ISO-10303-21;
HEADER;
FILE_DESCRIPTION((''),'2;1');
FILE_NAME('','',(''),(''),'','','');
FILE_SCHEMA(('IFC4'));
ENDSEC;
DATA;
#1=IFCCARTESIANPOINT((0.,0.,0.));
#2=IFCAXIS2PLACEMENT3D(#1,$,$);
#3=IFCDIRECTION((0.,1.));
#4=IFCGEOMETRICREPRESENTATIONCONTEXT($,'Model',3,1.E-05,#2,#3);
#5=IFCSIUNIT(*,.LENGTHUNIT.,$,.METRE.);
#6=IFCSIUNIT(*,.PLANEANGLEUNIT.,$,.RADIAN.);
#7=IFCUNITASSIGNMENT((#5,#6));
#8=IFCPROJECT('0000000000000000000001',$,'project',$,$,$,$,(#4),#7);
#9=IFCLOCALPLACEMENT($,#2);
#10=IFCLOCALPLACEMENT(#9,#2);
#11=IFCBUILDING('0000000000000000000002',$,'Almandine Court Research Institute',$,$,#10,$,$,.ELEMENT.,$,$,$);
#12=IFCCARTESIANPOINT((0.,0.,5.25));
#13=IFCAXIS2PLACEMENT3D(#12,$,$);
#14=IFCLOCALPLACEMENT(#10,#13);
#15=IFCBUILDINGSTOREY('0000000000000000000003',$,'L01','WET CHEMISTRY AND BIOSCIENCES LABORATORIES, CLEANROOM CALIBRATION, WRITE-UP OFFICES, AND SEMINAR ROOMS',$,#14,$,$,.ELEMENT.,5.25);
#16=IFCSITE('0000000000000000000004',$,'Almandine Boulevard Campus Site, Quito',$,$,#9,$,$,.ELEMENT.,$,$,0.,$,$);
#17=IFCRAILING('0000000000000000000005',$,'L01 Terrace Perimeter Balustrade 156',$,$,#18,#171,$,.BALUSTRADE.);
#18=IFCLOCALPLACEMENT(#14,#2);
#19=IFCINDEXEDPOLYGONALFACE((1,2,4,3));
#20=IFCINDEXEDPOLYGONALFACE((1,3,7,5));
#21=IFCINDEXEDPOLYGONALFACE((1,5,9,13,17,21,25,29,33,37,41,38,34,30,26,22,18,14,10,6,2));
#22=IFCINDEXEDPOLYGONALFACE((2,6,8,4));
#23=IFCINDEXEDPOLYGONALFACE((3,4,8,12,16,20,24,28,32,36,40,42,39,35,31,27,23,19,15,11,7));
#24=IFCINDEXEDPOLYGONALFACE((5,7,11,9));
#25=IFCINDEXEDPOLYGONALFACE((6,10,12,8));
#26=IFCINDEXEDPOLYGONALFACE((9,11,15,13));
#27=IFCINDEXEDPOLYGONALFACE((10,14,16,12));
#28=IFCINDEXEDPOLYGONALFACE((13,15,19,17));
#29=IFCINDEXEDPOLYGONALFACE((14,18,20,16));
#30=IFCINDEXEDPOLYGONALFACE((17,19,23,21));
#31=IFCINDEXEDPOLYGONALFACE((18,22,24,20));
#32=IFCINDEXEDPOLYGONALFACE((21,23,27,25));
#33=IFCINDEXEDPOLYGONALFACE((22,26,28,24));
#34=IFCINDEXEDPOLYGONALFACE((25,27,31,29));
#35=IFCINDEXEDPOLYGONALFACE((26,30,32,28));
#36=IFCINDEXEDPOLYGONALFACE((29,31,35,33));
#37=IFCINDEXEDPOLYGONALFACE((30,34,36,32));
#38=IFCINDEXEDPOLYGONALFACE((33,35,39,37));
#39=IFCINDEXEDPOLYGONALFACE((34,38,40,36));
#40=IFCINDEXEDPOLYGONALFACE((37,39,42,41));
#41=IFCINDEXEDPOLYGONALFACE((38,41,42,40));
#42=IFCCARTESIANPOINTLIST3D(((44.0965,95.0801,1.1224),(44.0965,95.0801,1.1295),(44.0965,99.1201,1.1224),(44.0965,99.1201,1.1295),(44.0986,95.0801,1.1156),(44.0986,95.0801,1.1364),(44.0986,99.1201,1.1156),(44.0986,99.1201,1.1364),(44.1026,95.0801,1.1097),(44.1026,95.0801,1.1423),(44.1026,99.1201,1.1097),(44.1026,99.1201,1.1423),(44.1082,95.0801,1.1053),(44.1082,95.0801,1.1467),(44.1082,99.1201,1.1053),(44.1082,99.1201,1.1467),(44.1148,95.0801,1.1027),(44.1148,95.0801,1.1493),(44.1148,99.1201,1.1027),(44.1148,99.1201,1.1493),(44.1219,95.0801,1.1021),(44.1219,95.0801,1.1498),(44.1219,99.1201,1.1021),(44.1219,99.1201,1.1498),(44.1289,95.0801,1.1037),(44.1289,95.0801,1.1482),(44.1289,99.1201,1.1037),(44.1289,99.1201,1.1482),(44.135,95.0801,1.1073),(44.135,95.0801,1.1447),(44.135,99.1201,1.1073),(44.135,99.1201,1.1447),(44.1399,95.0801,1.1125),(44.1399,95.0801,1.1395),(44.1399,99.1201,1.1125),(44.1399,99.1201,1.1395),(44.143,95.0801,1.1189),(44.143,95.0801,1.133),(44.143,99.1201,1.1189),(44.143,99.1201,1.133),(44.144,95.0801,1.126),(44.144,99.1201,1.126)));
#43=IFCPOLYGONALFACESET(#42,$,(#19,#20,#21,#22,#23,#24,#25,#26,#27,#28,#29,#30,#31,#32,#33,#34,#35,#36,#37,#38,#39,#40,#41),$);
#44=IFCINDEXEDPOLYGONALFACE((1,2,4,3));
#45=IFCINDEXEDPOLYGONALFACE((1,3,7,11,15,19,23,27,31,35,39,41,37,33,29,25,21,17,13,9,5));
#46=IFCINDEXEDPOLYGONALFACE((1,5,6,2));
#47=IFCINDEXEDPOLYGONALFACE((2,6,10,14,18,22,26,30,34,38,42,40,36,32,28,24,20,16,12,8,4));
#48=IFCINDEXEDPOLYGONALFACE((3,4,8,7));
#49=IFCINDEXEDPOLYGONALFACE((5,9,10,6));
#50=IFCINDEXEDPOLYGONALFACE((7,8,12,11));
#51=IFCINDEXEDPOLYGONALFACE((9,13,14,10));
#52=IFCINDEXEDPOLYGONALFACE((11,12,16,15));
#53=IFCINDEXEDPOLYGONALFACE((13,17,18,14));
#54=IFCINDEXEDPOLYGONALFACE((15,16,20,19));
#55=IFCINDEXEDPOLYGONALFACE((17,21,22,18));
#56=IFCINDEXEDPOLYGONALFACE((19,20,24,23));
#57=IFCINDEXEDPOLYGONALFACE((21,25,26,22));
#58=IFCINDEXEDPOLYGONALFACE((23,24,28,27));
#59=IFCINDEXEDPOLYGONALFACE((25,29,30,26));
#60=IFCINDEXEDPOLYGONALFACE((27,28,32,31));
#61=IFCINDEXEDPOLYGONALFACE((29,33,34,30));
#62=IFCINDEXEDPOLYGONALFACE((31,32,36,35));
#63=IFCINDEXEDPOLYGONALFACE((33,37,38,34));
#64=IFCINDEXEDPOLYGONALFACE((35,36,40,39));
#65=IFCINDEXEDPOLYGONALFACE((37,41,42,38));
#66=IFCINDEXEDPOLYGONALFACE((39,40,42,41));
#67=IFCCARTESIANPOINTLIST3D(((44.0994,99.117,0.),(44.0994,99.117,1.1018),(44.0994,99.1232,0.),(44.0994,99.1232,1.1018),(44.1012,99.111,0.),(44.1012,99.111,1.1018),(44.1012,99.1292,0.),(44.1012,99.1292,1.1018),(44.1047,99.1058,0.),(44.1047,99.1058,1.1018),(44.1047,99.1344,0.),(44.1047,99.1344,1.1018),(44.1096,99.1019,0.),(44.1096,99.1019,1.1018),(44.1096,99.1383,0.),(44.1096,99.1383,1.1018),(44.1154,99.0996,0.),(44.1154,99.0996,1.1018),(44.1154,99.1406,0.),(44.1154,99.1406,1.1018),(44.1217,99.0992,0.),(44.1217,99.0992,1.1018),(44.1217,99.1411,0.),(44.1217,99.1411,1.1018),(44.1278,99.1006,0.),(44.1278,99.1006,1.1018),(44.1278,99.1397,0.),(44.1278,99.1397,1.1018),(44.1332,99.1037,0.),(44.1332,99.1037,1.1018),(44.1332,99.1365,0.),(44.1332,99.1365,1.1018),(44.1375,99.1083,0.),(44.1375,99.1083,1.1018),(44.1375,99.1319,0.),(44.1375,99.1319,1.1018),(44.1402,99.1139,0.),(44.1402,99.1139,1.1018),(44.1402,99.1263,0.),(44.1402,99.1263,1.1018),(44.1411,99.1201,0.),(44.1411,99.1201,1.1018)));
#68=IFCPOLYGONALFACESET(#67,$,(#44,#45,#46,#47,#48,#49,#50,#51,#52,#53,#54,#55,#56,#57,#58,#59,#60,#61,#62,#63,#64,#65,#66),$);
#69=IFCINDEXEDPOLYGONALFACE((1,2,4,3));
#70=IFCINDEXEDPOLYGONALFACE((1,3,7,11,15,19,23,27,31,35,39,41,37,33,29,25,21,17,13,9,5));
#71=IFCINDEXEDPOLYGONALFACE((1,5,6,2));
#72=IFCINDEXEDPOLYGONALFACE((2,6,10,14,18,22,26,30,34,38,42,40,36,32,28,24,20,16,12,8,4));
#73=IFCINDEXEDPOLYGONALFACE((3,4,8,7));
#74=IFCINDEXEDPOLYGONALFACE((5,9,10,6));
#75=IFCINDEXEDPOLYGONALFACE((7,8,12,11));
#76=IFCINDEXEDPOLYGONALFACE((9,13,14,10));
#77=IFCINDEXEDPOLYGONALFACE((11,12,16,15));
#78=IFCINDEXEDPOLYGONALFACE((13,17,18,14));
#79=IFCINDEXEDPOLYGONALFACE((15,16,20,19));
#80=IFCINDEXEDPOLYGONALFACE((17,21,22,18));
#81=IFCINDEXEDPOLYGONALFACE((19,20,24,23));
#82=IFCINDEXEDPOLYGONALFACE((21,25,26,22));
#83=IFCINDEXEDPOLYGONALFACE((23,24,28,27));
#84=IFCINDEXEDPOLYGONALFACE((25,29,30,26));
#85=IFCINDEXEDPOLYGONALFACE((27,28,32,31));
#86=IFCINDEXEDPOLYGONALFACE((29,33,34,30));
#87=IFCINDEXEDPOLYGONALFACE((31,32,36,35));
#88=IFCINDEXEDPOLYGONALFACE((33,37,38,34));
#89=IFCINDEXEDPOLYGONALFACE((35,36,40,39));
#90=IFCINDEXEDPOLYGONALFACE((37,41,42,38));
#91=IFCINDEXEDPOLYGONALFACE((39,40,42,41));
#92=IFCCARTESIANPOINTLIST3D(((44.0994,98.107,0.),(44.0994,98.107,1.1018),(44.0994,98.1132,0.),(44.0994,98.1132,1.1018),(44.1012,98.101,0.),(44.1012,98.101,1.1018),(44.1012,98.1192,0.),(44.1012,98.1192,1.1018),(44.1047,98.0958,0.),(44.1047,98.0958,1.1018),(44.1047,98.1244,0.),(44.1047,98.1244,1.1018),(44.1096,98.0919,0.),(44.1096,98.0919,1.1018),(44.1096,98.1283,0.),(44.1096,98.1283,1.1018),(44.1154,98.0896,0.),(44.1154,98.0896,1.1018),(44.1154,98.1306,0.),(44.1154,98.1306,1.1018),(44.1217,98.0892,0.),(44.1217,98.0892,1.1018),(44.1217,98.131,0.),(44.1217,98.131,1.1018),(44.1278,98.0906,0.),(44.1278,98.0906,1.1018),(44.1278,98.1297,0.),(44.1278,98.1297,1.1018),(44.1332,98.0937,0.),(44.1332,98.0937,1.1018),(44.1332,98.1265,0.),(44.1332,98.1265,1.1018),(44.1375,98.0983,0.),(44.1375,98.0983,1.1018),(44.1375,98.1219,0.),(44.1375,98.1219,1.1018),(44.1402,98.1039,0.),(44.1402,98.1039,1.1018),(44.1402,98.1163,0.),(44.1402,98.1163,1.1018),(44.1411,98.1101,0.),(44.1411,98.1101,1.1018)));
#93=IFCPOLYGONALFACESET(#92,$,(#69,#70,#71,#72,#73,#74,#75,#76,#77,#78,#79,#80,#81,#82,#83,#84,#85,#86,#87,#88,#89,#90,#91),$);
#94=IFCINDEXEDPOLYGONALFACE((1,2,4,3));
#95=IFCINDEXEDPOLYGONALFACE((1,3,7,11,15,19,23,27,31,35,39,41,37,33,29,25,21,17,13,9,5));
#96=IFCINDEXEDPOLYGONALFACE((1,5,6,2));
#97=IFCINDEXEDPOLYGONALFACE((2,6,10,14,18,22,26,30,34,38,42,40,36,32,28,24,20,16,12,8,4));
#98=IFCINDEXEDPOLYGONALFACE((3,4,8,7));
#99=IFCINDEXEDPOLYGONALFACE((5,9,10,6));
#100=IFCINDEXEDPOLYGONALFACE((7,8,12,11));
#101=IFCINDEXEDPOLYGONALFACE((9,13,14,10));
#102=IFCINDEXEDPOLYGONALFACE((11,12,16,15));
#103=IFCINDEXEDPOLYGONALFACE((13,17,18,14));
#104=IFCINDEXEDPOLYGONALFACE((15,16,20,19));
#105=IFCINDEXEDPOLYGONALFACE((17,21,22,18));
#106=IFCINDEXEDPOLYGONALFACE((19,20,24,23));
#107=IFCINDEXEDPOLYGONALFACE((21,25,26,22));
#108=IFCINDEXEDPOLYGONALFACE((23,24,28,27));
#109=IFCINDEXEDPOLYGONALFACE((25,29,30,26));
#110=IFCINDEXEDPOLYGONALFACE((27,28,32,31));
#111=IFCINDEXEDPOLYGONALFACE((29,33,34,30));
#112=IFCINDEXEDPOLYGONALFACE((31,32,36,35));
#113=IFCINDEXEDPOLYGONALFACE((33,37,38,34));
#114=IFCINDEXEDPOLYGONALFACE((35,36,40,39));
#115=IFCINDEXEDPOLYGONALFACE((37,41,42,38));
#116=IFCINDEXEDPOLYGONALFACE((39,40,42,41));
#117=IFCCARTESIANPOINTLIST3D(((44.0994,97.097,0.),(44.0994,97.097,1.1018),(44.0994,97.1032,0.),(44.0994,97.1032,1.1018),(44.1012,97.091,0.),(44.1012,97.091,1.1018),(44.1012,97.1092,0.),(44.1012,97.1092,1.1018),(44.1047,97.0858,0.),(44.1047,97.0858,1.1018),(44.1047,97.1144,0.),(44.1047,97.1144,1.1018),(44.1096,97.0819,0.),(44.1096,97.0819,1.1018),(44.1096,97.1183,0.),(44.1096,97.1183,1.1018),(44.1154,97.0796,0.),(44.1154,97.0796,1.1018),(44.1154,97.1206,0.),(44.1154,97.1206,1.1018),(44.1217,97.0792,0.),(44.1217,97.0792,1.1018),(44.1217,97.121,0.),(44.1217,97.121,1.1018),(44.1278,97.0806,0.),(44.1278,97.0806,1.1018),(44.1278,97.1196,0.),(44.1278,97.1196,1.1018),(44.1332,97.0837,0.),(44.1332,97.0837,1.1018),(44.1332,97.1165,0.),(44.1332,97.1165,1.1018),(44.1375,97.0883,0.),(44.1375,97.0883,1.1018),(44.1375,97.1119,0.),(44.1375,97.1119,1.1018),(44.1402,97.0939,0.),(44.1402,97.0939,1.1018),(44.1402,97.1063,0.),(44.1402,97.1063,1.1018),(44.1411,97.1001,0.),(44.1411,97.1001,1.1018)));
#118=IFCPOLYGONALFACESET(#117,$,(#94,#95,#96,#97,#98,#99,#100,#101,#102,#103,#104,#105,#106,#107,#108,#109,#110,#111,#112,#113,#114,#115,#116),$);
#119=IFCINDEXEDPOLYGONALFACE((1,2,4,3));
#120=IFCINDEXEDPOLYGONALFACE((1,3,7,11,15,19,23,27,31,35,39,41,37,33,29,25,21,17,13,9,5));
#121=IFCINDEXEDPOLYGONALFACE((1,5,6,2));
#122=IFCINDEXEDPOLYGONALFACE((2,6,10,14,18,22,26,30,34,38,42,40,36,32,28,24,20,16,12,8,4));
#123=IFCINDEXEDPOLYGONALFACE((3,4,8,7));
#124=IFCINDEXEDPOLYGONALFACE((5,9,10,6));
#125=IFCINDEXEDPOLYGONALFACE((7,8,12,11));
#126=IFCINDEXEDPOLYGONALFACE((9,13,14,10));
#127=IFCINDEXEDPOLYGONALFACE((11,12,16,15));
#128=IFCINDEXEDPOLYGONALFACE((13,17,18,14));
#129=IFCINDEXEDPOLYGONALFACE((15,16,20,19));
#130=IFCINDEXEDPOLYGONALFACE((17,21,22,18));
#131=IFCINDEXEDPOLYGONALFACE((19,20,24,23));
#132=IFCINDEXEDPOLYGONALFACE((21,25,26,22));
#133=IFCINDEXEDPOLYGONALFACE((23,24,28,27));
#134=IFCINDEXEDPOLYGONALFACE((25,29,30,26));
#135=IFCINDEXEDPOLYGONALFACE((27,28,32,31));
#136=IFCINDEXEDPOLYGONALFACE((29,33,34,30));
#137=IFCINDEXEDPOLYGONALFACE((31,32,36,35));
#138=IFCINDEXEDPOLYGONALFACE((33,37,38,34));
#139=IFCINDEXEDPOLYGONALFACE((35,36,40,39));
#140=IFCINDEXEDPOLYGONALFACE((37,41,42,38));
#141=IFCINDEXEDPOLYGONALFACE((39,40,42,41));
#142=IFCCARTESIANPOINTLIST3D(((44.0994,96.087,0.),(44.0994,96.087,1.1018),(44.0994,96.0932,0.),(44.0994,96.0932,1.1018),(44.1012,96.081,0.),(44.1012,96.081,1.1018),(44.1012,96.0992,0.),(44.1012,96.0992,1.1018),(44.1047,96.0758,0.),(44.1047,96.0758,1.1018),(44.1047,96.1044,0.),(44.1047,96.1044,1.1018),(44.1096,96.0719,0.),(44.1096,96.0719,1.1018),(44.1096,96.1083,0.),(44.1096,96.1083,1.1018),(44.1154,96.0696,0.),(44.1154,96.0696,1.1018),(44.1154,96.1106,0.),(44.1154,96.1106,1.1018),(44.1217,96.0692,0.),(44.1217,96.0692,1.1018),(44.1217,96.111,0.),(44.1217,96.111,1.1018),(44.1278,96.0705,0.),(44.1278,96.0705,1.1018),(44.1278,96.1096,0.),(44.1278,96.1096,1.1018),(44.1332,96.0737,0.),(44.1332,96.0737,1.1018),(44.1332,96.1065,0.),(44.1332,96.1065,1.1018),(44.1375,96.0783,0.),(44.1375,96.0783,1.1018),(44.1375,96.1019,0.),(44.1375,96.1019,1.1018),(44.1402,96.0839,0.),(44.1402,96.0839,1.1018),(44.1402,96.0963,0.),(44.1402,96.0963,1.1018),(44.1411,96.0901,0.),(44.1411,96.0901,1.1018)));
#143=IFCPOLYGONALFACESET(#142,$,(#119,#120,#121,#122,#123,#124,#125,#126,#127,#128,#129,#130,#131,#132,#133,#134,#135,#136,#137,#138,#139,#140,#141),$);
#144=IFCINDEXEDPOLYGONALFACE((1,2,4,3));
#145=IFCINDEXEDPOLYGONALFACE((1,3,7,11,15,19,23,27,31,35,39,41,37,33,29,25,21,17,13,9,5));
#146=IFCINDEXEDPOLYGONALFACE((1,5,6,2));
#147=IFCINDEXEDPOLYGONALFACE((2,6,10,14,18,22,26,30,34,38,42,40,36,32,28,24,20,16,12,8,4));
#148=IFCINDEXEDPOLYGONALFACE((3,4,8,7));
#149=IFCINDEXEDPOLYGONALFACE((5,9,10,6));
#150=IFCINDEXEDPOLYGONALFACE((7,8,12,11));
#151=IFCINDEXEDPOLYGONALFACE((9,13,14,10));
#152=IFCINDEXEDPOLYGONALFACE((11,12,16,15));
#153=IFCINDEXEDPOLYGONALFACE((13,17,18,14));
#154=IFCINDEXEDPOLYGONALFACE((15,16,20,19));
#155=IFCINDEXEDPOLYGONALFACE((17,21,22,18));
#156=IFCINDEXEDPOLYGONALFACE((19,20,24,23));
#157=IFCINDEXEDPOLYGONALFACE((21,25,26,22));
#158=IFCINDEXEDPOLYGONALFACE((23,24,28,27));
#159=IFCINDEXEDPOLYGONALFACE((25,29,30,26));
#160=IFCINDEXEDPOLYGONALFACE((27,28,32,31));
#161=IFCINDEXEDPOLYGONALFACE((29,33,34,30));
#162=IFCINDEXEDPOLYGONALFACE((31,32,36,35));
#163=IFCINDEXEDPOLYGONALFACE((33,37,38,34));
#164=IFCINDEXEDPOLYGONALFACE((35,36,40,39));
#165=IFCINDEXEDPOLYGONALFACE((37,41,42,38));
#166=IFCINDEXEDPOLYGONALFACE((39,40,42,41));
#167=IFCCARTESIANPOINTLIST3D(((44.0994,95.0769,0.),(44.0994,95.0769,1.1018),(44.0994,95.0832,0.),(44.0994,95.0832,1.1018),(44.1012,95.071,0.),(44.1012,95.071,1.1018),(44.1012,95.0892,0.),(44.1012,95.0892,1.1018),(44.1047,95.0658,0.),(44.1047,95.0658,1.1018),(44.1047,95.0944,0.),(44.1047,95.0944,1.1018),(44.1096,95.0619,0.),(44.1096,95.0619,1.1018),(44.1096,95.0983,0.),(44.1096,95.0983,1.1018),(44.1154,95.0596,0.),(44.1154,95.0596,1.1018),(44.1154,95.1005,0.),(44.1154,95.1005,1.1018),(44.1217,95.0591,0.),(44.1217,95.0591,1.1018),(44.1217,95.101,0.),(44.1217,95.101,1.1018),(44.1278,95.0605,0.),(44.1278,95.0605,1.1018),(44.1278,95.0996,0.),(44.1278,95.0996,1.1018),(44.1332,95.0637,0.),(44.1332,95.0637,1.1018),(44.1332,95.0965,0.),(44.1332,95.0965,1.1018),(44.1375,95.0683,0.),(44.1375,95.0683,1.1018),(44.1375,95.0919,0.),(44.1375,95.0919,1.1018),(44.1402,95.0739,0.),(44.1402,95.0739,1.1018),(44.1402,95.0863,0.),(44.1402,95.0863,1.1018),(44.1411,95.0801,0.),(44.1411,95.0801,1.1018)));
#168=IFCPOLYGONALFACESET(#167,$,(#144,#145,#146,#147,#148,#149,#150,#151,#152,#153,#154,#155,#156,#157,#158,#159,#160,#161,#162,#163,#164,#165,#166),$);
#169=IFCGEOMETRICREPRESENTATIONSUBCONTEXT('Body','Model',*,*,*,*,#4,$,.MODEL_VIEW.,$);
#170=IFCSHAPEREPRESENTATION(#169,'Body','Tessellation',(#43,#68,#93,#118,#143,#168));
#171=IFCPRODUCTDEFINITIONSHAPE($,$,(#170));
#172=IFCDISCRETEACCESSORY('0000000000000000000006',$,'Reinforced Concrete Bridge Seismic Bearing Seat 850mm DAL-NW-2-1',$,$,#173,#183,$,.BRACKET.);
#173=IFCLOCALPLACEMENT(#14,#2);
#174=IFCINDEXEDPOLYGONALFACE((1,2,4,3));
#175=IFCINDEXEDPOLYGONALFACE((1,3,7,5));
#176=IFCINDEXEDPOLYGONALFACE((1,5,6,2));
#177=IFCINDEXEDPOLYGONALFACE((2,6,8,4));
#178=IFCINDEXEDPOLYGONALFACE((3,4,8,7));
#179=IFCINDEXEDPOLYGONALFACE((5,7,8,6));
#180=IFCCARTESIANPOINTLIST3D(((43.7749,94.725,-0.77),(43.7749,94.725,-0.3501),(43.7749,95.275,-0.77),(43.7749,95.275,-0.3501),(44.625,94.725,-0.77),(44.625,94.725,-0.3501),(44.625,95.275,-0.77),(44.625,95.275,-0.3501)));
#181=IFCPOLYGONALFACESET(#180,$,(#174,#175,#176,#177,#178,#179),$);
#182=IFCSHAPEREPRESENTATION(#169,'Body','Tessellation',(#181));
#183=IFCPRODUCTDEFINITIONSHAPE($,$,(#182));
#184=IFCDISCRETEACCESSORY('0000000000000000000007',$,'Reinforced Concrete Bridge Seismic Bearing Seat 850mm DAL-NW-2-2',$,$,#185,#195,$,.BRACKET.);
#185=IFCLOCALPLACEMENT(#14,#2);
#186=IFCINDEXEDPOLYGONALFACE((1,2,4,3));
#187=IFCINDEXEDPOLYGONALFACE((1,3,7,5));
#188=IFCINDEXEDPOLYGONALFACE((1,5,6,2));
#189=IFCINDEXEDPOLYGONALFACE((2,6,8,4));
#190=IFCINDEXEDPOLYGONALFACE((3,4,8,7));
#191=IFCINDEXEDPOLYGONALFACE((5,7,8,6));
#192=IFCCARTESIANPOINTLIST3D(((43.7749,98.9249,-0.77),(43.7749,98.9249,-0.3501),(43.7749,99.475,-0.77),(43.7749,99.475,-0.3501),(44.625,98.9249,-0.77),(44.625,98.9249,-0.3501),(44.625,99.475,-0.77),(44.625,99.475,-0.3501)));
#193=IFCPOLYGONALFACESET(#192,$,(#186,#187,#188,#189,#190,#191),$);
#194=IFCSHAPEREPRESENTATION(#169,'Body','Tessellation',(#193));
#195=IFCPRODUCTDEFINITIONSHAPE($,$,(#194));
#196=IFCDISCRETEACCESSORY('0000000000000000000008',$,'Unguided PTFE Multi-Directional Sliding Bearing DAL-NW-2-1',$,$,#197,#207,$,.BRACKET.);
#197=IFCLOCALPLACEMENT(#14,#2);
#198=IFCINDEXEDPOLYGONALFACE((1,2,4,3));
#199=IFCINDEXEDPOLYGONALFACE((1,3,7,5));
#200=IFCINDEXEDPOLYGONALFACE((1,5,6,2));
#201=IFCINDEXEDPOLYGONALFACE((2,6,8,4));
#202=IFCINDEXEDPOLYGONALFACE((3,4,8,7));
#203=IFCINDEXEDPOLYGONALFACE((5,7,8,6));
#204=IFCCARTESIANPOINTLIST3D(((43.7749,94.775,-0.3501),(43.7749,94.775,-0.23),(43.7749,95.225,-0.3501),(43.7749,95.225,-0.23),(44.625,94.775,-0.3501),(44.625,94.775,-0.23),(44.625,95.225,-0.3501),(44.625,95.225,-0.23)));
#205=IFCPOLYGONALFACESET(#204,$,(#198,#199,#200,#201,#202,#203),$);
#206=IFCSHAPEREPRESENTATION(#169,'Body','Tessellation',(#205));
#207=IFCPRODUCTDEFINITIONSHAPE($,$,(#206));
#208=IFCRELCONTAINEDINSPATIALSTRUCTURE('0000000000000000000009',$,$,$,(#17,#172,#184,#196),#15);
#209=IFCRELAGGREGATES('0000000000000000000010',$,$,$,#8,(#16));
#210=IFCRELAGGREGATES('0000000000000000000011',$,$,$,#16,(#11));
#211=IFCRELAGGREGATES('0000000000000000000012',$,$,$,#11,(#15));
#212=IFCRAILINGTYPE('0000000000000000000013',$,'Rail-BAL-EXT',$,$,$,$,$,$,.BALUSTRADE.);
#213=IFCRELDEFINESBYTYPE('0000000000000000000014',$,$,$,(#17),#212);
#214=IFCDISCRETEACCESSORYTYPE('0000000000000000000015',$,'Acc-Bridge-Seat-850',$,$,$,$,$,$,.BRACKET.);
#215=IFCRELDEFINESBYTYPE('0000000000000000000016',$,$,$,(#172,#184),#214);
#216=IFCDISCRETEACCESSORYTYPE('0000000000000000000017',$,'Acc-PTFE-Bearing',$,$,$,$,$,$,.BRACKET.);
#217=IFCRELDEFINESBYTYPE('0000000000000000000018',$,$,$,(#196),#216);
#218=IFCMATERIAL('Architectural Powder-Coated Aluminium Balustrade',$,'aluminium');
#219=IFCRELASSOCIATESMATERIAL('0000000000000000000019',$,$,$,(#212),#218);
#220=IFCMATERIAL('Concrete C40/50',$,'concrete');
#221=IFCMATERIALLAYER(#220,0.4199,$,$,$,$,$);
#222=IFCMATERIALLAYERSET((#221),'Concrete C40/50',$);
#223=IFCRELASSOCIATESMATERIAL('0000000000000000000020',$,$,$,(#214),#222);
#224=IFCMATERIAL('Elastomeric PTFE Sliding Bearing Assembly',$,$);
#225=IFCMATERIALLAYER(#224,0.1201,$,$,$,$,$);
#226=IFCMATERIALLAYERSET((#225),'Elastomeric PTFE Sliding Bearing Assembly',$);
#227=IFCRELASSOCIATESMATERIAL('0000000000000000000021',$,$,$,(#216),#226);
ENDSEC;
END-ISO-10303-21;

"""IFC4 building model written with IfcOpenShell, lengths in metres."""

from ifc_helpers import new_model, si_unit, direction, frame, origin, origin_2d, place, context, subcontext, project, spatial, rectangle, circle, extrude, material, layer, layer_set, type_object, element, save


model = new_model("IFC4")

# Units and contexts
model_context = context("Model", 3, precision=1e-05, world=origin(), true_north=direction((0.0, 1.0)))
body_context = subcontext(model_context, "Body", "Model", "MODEL_VIEW")
ifc_project = project(units=[si_unit("LENGTHUNIT", "METRE"), si_unit("PLANEANGLEUNIT", "RADIAN")], contexts=[model_context])

# Site, building, storey
site_placement = place(None, origin())
site = spatial("IfcSite", under=ifc_project, at=site_placement, Name="Almandine Boulevard Campus Site, Quito", CompositionType="ELEMENT", RefElevation=0.0)
building_placement = place(site_placement, origin())
building = spatial("IfcBuilding", under=site, at=building_placement, Name="Almandine Court Research Institute", CompositionType="ELEMENT")
storey_placement = place(building_placement, frame((0.0, 0.0, 5.25)))
storey = spatial("IfcBuildingStorey", under=building, at=storey_placement, Name="L01", Description="WET CHEMISTRY AND BIOSCIENCES LABORATORIES, CLEANROOM CALIBRATION, WRITE-UP OFFICES, AND SEMINAR ROOMS", CompositionType="ELEMENT", Elevation=5.25)

# Shared definitions
ifc_material_1 = material(Name="Concrete C40/50", Category="concrete")

# Railing
ifc_material_2 = material(Name="Architectural Powder-Coated Aluminium Balustrade", Category="aluminium")
railing_type = type_object("IfcRailingType", Name="Rail-BAL-EXT", PredefinedType="BALUSTRADE", material=ifc_material_2)
railing_1_placement = place(storey_placement, frame((44.1201, 99.1201, 0.0)))
element("IfcRailing", 1, at=railing_1_placement, inside=storey, type_object=railing_type, Name="L01 Terrace Perimeter Balustrade 156", PredefinedType="BALUSTRADE", context=body_context, shape_type="SweptSolid", body=[
    extrude(circle(Radius=0.0239, at=origin_2d()), frame((0.0, 0.0, 1.126), z_axis=(0.0, -1.0, 0.0), x_axis=(1.0, 0.0, 0.0)), (0.0, 0.0, 1.0), 4.04),
    extrude(circle(Radius=0.021, at=origin_2d()), origin(), (0.0, 0.0, 1.0), 1.1018),
    extrude(circle(Radius=0.021, at=origin_2d()), frame((0.0, -1.01, 0.0)), (0.0, 0.0, 1.0), 1.1018),
    extrude(circle(Radius=0.021, at=origin_2d()), frame((0.0, -2.02, 0.0)), (0.0, 0.0, 1.0), 1.1018),
    extrude(circle(Radius=0.021, at=origin_2d()), frame((0.0, -3.03, 0.0)), (0.0, 0.0, 1.0), 1.1018),
    extrude(circle(Radius=0.021, at=origin_2d()), frame((0.0, -4.04, 0.0)), (0.0, 0.0, 1.0), 1.1018),
])

# Discrete accessories
ifc_layer_1 = layer(ifc_material_1, 0.4199)
ifc_layer_set_1 = layer_set([ifc_layer_1], Name="Concrete C40/50")
discrete_accessory_type_1 = type_object("IfcDiscreteAccessoryType", Name="Acc-Bridge-Seat-850", PredefinedType="BRACKET", material=ifc_layer_set_1)
for number, where, z_axis, x_axis, name in (
    (2, (44.2, 95.0, -0.77), (0.0, 0.0, 1.0), (1.0, 0.0, 0.0), "Reinforced Concrete Bridge Seismic Bearing Seat 850mm DAL-NW-2-1"),
    (3, (44.2, 99.2, -0.77), (0.0, 0.0, 1.0), (1.0, 0.0, 0.0), "Reinforced Concrete Bridge Seismic Bearing Seat 850mm DAL-NW-2-2"),
):
    element("IfcDiscreteAccessory", number, at=place(storey_placement, frame(where, z_axis=z_axis, x_axis=x_axis)), inside=storey, type_object=discrete_accessory_type_1, Name=name, PredefinedType="BRACKET", context=body_context, shape_type="SweptSolid", body=[
        extrude(rectangle(XDim=0.8501, YDim=0.55, at=origin_2d()), origin(), (0.0, 0.0, 1.0), 0.4199),
    ])
ifc_material_3 = material(Name="Elastomeric PTFE Sliding Bearing Assembly")
ifc_layer_2 = layer(ifc_material_3, 0.1201)
ifc_layer_set_2 = layer_set([ifc_layer_2], Name="Elastomeric PTFE Sliding Bearing Assembly")
discrete_accessory_type_2 = type_object("IfcDiscreteAccessoryType", Name="Acc-PTFE-Bearing", PredefinedType="BRACKET", material=ifc_layer_set_2)
for number, where, z_axis, x_axis, name in (
    (4, (44.2, 95.0, -0.3501), (0.0, 0.0, 1.0), (1.0, 0.0, 0.0), "Unguided PTFE Multi-Directional Sliding Bearing DAL-NW-2-1"),
):
    element("IfcDiscreteAccessory", number, at=place(storey_placement, frame(where, z_axis=z_axis, x_axis=x_axis)), inside=storey, type_object=discrete_accessory_type_2, Name=name, PredefinedType="BRACKET", context=body_context, shape_type="SweptSolid", body=[
        extrude(rectangle(XDim=0.8501, YDim=0.45, at=origin_2d()), origin(), (0.0, 0.0, 1.0), 0.1201),
    ])

save(model, "model.ifc")
